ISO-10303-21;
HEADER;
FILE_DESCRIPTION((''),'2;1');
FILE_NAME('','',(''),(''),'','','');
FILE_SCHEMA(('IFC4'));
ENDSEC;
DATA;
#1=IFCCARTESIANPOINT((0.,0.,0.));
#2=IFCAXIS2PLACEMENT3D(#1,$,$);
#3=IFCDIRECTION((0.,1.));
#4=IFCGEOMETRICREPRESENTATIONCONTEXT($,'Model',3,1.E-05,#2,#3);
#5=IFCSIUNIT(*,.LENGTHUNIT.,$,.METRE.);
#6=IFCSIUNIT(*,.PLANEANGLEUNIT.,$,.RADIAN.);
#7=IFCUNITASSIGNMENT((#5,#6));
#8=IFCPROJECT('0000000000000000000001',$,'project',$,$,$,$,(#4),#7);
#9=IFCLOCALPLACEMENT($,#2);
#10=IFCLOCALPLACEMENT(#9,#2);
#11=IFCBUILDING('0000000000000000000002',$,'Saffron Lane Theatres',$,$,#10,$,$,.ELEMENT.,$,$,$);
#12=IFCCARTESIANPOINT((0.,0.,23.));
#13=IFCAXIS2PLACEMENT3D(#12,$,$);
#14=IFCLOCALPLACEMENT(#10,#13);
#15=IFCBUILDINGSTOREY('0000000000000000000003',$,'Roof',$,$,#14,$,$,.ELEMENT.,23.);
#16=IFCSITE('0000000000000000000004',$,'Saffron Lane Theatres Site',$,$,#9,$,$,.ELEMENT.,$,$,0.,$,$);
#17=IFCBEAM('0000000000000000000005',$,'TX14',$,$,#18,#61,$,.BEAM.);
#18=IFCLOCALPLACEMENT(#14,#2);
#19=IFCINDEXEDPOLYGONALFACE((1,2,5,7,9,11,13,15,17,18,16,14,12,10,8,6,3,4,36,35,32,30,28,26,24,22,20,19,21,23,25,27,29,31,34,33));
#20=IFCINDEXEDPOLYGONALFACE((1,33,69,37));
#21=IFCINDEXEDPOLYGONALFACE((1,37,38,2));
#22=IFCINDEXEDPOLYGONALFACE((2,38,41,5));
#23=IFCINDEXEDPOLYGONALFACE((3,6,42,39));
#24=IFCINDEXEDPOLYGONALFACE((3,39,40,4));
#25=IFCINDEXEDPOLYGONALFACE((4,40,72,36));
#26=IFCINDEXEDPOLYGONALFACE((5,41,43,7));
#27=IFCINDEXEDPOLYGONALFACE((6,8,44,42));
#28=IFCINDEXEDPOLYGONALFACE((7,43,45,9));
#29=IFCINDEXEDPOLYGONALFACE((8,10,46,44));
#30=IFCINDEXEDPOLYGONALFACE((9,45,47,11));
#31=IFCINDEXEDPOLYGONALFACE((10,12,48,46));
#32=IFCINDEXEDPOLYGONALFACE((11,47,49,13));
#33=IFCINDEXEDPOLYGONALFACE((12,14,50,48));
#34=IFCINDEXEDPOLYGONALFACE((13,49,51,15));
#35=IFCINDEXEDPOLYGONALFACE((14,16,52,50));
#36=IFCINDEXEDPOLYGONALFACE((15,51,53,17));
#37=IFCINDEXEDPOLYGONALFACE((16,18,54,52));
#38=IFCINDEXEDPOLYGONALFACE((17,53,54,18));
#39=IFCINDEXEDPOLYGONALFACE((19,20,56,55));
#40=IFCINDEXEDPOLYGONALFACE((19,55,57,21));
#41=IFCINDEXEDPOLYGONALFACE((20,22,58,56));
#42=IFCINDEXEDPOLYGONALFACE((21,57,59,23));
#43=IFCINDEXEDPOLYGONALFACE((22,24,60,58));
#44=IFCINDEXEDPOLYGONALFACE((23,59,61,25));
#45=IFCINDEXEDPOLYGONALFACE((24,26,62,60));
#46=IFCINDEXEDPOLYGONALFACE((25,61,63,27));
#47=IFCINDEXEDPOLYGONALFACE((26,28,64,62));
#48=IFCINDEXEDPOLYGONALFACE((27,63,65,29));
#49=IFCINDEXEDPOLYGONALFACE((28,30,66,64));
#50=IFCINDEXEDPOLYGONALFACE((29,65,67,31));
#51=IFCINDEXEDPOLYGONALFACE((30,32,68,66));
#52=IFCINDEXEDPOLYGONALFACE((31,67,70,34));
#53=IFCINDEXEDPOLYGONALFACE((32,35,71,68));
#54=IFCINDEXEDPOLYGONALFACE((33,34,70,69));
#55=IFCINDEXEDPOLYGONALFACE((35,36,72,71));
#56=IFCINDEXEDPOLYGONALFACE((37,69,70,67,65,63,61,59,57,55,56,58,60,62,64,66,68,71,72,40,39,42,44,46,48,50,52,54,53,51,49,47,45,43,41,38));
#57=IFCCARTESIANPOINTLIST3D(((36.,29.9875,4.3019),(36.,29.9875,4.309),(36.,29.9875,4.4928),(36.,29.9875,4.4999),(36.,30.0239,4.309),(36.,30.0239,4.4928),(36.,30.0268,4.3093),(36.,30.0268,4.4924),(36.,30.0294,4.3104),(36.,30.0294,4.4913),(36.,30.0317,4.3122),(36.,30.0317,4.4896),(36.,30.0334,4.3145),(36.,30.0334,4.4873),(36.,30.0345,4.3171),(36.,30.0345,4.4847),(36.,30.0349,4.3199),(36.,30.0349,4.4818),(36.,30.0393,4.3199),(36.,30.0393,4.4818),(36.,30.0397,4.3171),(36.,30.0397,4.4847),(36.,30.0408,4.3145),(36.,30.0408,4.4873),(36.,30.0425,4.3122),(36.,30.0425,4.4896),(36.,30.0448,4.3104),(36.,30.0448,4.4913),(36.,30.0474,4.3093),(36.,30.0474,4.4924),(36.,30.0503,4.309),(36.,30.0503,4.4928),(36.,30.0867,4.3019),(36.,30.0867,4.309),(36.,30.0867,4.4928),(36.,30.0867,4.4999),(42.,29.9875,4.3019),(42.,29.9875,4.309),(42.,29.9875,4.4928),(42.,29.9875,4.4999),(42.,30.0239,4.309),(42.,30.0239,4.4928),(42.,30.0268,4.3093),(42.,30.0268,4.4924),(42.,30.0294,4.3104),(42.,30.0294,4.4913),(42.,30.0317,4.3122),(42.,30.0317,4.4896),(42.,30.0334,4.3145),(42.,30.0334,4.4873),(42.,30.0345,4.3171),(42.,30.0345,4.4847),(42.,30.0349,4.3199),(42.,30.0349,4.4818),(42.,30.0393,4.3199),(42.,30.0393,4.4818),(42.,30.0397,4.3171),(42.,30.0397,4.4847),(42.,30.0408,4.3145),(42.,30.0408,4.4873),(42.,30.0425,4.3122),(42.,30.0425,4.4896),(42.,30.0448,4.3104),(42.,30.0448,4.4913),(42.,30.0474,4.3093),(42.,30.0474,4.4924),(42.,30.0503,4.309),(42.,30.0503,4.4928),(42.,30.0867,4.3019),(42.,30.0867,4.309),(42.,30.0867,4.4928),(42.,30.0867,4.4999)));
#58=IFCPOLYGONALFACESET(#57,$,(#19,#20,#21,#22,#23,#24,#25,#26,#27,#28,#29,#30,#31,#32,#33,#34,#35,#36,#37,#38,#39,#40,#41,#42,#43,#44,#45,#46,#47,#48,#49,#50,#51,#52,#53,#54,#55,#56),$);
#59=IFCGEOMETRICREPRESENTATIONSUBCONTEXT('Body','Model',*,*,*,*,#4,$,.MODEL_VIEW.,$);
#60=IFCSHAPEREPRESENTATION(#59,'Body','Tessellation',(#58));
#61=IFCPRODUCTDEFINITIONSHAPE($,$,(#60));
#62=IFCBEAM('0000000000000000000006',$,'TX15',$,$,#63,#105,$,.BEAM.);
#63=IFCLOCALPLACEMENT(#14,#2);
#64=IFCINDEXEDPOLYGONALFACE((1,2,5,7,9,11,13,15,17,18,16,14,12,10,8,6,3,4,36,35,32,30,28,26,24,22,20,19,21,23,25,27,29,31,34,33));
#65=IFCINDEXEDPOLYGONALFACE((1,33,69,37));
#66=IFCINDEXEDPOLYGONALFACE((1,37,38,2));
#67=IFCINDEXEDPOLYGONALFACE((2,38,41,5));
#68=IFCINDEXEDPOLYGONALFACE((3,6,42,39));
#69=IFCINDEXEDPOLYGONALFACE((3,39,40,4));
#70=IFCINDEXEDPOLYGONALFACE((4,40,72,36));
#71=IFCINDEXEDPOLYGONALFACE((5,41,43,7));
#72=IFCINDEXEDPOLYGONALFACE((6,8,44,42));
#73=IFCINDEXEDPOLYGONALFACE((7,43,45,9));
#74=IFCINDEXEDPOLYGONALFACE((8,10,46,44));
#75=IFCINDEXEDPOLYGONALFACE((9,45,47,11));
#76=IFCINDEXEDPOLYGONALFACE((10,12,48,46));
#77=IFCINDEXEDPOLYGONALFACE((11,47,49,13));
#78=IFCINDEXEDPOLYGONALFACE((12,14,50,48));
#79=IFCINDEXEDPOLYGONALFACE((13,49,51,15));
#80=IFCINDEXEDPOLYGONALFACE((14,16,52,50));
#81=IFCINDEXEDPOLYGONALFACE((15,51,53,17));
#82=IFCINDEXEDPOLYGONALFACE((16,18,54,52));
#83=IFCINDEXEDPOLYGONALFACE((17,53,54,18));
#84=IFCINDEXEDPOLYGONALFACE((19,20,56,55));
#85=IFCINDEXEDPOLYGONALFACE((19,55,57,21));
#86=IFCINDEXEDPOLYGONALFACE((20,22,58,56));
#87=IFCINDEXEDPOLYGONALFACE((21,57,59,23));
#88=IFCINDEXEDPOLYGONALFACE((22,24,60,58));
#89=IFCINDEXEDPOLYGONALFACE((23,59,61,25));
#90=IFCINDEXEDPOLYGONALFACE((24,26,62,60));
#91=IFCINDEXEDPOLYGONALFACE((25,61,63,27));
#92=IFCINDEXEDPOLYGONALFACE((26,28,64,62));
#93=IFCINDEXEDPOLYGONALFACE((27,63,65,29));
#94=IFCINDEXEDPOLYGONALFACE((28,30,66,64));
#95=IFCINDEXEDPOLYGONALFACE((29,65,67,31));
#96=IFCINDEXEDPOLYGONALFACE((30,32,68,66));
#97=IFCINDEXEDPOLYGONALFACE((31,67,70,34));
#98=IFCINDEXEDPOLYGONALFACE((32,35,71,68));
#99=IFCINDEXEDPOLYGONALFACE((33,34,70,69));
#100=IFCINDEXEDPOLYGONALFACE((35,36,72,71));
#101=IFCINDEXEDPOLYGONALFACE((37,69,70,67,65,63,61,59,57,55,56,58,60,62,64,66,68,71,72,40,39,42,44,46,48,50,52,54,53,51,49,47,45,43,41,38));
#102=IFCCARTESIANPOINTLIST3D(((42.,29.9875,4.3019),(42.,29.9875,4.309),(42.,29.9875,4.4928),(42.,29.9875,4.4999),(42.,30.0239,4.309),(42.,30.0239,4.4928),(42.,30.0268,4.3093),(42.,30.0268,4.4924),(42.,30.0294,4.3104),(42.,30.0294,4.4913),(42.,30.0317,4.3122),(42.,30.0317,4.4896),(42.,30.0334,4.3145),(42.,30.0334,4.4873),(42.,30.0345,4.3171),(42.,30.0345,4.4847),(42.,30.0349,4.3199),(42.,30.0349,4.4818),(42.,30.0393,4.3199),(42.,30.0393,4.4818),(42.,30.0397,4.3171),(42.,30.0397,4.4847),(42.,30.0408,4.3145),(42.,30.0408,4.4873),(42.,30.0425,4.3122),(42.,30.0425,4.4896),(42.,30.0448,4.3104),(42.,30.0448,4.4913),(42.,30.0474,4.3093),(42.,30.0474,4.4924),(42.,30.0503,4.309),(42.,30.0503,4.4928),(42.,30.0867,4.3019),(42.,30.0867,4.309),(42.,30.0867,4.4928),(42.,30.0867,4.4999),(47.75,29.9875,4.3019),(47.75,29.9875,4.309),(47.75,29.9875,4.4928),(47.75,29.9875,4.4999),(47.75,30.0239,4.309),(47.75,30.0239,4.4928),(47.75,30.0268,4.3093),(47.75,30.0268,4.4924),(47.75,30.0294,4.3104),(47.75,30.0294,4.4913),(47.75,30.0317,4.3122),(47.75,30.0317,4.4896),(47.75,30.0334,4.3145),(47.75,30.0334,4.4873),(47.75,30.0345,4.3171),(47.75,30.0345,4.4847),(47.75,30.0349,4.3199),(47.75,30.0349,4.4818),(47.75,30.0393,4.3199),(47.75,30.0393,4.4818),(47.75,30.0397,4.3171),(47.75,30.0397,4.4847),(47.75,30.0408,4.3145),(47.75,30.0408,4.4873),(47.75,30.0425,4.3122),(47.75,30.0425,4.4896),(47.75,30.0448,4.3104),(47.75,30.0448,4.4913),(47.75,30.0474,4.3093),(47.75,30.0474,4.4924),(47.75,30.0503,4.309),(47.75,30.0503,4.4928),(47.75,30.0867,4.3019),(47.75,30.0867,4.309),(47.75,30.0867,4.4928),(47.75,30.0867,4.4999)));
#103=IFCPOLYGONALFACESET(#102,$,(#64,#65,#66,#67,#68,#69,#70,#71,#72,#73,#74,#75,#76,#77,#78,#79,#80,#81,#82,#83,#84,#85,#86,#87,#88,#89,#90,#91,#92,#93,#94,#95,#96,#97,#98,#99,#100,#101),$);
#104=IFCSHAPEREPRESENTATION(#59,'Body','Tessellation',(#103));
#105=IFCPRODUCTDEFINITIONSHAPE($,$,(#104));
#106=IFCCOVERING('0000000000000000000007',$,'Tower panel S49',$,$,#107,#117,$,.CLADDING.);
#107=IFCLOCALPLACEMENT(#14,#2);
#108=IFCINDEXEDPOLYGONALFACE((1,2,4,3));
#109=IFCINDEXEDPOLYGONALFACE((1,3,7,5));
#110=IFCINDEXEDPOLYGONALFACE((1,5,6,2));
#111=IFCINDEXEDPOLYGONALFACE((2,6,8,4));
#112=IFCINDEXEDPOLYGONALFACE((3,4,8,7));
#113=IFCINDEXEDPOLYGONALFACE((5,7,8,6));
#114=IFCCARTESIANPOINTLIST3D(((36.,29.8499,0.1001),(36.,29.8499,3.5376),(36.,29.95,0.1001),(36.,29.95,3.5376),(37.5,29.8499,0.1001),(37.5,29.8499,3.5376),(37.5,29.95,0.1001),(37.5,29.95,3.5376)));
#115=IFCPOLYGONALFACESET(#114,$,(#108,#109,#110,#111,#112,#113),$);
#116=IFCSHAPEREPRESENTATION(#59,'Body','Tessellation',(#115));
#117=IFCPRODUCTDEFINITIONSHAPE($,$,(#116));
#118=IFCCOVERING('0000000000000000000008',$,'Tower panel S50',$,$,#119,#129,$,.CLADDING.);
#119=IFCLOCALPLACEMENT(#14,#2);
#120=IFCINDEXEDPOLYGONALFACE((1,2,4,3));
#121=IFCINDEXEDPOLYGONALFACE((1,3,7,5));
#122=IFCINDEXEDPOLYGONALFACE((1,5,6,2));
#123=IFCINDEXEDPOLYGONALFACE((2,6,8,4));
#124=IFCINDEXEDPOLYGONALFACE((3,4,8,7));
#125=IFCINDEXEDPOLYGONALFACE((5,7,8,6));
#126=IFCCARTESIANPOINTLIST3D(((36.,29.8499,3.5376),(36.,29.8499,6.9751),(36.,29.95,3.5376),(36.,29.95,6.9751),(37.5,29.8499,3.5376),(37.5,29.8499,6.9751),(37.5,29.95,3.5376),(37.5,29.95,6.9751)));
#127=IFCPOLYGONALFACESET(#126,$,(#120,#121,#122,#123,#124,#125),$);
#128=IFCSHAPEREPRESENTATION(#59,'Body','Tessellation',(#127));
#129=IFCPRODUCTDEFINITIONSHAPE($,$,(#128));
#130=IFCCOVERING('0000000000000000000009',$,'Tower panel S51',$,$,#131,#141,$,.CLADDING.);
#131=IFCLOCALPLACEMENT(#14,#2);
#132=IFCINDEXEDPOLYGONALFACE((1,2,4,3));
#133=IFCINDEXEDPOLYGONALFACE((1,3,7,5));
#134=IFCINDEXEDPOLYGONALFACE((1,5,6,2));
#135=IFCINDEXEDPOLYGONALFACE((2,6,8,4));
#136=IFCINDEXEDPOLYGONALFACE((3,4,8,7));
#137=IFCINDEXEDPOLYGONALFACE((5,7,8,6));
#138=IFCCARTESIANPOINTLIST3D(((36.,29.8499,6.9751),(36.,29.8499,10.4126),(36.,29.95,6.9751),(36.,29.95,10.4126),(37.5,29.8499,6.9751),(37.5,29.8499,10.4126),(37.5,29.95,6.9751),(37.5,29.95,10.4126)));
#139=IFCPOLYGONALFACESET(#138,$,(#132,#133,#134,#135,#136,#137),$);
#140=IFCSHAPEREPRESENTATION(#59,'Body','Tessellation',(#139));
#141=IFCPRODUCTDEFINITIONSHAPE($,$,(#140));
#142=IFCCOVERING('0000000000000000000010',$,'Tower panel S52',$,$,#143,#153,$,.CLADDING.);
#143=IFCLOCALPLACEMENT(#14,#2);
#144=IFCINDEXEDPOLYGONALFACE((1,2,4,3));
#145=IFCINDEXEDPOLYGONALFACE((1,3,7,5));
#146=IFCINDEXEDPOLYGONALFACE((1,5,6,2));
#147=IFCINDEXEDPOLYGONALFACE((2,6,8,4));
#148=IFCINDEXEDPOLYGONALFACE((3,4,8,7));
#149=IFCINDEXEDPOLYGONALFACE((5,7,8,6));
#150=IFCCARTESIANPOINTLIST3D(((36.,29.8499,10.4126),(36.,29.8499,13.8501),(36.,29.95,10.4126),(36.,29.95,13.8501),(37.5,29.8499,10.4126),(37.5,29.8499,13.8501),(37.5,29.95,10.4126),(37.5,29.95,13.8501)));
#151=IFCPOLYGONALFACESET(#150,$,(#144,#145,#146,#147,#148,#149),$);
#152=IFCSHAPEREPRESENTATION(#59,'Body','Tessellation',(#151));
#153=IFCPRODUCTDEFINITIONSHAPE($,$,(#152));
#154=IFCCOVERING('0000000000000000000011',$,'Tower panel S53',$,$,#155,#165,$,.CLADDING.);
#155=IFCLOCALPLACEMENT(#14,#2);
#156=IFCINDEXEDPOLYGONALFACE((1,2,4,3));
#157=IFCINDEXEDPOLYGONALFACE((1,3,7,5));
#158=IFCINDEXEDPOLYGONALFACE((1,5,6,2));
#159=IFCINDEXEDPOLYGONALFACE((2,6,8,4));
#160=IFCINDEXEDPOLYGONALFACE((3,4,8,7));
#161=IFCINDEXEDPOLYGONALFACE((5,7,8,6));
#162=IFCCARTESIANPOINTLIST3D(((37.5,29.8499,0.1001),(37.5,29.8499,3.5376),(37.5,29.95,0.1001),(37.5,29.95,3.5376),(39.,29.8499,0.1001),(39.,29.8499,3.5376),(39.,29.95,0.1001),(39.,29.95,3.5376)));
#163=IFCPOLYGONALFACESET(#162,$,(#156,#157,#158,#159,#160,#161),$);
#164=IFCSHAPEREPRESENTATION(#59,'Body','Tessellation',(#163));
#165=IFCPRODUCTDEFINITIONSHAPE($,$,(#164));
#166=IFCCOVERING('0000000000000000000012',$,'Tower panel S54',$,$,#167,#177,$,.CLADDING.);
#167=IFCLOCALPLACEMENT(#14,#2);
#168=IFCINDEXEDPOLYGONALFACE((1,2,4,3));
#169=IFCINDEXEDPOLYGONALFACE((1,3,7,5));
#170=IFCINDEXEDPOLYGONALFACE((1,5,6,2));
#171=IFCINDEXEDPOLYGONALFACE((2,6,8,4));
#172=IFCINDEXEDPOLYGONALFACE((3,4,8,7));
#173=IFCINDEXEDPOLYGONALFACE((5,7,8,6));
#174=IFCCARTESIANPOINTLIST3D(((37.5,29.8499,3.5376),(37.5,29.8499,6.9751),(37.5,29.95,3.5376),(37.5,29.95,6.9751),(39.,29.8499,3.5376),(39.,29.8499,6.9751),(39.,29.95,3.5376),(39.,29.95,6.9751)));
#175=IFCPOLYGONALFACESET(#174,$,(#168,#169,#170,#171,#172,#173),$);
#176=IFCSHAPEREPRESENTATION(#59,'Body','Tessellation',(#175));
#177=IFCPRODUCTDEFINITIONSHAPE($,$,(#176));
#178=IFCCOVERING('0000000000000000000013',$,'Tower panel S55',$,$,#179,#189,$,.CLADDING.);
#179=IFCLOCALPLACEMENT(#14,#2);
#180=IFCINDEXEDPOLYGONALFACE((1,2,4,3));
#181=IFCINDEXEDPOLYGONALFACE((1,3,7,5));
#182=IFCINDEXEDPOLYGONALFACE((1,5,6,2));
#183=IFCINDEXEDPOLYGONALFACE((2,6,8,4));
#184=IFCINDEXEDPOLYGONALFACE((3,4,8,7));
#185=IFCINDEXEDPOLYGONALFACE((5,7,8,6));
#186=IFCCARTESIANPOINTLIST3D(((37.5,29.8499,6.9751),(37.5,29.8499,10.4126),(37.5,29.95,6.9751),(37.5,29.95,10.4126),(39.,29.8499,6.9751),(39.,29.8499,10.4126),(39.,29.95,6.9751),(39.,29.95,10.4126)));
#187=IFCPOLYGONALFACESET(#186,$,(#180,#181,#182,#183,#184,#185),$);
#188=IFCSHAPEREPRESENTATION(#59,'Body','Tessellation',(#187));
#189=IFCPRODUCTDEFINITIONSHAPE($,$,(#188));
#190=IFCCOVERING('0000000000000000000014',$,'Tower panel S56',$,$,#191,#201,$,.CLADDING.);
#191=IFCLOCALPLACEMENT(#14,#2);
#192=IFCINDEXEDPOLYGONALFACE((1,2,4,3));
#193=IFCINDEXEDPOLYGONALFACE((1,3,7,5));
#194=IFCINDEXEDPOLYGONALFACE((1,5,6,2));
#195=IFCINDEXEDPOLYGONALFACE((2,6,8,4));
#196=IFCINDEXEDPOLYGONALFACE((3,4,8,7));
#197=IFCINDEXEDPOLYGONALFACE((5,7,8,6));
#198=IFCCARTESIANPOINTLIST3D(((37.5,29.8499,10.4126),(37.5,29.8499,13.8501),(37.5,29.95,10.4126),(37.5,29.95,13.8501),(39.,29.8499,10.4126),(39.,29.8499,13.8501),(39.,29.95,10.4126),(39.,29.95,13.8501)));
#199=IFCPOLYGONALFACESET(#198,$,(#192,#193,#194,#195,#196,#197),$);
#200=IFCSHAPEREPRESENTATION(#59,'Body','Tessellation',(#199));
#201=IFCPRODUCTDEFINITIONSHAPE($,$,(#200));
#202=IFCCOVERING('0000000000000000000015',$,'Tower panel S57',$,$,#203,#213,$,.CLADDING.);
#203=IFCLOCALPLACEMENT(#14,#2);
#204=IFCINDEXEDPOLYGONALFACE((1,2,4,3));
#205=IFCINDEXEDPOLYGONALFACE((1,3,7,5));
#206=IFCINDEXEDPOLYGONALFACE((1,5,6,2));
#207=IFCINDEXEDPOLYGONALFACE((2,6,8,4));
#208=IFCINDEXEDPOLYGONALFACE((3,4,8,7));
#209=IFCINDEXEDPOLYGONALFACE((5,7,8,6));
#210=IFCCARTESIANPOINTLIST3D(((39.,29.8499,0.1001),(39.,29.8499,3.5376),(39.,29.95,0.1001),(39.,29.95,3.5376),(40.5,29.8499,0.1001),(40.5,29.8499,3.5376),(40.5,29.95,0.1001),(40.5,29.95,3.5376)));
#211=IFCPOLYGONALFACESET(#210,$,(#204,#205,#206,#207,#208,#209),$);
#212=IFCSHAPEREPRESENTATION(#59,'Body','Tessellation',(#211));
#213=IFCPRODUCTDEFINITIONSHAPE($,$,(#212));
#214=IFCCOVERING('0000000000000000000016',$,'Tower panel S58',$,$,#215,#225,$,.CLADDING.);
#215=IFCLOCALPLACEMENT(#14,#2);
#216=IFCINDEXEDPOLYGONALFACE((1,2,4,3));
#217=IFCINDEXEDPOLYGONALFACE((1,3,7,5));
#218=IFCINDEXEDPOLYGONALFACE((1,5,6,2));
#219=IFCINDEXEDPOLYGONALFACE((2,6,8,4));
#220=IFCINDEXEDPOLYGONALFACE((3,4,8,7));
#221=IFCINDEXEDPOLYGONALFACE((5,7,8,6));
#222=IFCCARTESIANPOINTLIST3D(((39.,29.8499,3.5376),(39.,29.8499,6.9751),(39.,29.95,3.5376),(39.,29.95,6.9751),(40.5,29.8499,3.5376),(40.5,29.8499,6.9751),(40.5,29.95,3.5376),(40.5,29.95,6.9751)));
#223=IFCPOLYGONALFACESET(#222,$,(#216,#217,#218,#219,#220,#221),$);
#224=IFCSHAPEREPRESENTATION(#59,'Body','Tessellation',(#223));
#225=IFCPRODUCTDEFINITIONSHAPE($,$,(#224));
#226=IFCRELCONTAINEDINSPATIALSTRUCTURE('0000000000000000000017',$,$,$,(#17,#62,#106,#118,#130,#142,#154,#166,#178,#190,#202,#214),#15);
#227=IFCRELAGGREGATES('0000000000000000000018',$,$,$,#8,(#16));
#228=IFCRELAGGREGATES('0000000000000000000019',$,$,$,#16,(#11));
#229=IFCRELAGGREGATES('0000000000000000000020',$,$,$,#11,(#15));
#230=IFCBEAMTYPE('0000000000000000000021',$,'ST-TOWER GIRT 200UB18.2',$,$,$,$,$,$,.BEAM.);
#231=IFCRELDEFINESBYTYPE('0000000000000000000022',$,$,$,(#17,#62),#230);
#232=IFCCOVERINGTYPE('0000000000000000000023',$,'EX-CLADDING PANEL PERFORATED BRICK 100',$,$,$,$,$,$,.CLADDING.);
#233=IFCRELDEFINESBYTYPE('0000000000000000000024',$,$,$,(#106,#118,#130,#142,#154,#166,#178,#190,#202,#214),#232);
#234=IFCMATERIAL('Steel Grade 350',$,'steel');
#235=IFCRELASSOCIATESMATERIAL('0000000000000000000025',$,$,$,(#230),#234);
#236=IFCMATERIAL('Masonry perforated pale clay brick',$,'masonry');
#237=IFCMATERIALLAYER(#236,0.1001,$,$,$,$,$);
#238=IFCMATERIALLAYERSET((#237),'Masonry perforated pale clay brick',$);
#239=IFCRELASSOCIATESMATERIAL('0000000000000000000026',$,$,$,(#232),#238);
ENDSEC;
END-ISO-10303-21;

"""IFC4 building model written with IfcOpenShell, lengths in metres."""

from ifc_helpers import new_model, si_unit, direction, frame, origin, origin_2d, place, context, subcontext, project, spatial, rectangle, i_section, extrude, material, layer, layer_set, material_profile, profile_set, type_object, element, save


model = new_model("IFC4")

# Units and contexts
model_context = context("Model", 3, precision=1e-05, world=origin(), true_north=direction((0.0, 1.0)))
body_context = subcontext(model_context, "Body", "Model", "MODEL_VIEW")
ifc_project = project(units=[si_unit("LENGTHUNIT", "METRE"), si_unit("PLANEANGLEUNIT", "RADIAN")], contexts=[model_context])

# Site, building, storey
site_placement = place(None, origin())
site = spatial("IfcSite", under=ifc_project, at=site_placement, Name="Saffron Lane Theatres Site", CompositionType="ELEMENT", RefElevation=0.0)
building_placement = place(site_placement, origin())
building = spatial("IfcBuilding", under=site, at=building_placement, Name="Saffron Lane Theatres", CompositionType="ELEMENT")
storey_placement = place(building_placement, frame((0.0, 0.0, 23.0)))
storey = spatial("IfcBuildingStorey", under=building, at=storey_placement, Name="Roof", CompositionType="ELEMENT", Elevation=23.0)

# Beams
ifc_material_1 = material(Name="Steel Grade 350", Category="steel")
ifc_material_profile = material_profile(ifc_material_1, i_section(OverallWidth=0.0991, OverallDepth=0.198, WebThickness=0.0044, FlangeThickness=0.0071, FilletRadius=0.011, at=origin_2d()))
ifc_profile_set = profile_set([ifc_material_profile], Name="Steel Grade 350")
beam_type = type_object("IfcBeamType", Name="ST-TOWER GIRT 200UB18.2", PredefinedType="BEAM", material=ifc_profile_set)
beam_1_placement = place(storey_placement, frame((36.0, 30.0371, 4.4009), z_axis=(1.0, 0.0, 0.0), x_axis=(0.0, 1.0, 0.0)))
element("IfcBeam", 1, at=beam_1_placement, inside=storey, type_object=beam_type, Name="TX14", PredefinedType="BEAM", context=body_context, shape_type="SweptSolid", body=[
    extrude(i_section(OverallWidth=0.0991, OverallDepth=0.198, WebThickness=0.0044, FlangeThickness=0.0071, FilletRadius=0.011, at=origin_2d()), origin(), (0.0, 0.0, 1.0), 6.0),
])
beam_2_placement = place(storey_placement, frame((42.0, 30.0371, 4.4009), z_axis=(1.0, 0.0, 0.0), x_axis=(0.0, 1.0, 0.0)))
element("IfcBeam", 2, at=beam_2_placement, inside=storey, type_object=beam_type, Name="TX15", PredefinedType="BEAM", context=body_context, shape_type="SweptSolid", body=[
    extrude(i_section(OverallWidth=0.0991, OverallDepth=0.198, WebThickness=0.0044, FlangeThickness=0.0071, FilletRadius=0.011, at=origin_2d()), origin(), (0.0, 0.0, 1.0), 5.75),
])

# Coverings
ifc_material_2 = material(Name="Masonry perforated pale clay brick", Category="masonry")
ifc_layer_1 = layer(ifc_material_2, 0.1001)
ifc_layer_set_1 = layer_set([ifc_layer_1], Name="Masonry perforated pale clay brick")
covering_type_1 = type_object("IfcCoveringType", Name="EX-CLADDING PANEL PERFORATED BRICK 100", PredefinedType="CLADDING", material=ifc_layer_set_1)
for number, where, z_axis, x_axis, name in (
    (3, (36.75, 29.8999, 0.1001), (0.0, 0.0, 1.0), (1.0, 0.0, 0.0), "Tower panel S49"),
    (4, (36.75, 29.8999, 3.5376), (0.0, 0.0, 1.0), (1.0, 0.0, 0.0), "Tower panel S50"),
    (5, (36.75, 29.8999, 6.9751), (0.0, 0.0, 1.0), (1.0, 0.0, 0.0), "Tower panel S51"),
    (6, (36.75, 29.8999, 10.4126), (0.0, 0.0, 1.0), (1.0, 0.0, 0.0), "Tower panel S52"),
    (7, (38.25, 29.8999, 0.1001), (0.0, 0.0, 1.0), (1.0, 0.0, 0.0), "Tower panel S53"),
    (8, (38.25, 29.8999, 3.5376), (0.0, 0.0, 1.0), (1.0, 0.0, 0.0), "Tower panel S54"),
    (9, (38.25, 29.8999, 6.9751), (0.0, 0.0, 1.0), (1.0, 0.0, 0.0), "Tower panel S55"),
    (10, (38.25, 29.8999, 10.4126), (0.0, 0.0, 1.0), (1.0, 0.0, 0.0), "Tower panel S56"),
    (11, (39.75, 29.8999, 0.1001), (0.0, 0.0, 1.0), (1.0, 0.0, 0.0), "Tower panel S57"),
    (12, (39.75, 29.8999, 3.5376), (0.0, 0.0, 1.0), (1.0, 0.0, 0.0), "Tower panel S58"),
):
    element("IfcCovering", number, at=place(storey_placement, frame(where, z_axis=z_axis, x_axis=x_axis)), inside=storey, type_object=covering_type_1, Name=name, PredefinedType="CLADDING", context=body_context, shape_type="SweptSolid", body=[
        extrude(rectangle(XDim=1.5, YDim=0.1001, at=origin_2d()), origin(), (0.0, 0.0, 1.0), 3.4375),
    ])

save(model, "model.ifc")
